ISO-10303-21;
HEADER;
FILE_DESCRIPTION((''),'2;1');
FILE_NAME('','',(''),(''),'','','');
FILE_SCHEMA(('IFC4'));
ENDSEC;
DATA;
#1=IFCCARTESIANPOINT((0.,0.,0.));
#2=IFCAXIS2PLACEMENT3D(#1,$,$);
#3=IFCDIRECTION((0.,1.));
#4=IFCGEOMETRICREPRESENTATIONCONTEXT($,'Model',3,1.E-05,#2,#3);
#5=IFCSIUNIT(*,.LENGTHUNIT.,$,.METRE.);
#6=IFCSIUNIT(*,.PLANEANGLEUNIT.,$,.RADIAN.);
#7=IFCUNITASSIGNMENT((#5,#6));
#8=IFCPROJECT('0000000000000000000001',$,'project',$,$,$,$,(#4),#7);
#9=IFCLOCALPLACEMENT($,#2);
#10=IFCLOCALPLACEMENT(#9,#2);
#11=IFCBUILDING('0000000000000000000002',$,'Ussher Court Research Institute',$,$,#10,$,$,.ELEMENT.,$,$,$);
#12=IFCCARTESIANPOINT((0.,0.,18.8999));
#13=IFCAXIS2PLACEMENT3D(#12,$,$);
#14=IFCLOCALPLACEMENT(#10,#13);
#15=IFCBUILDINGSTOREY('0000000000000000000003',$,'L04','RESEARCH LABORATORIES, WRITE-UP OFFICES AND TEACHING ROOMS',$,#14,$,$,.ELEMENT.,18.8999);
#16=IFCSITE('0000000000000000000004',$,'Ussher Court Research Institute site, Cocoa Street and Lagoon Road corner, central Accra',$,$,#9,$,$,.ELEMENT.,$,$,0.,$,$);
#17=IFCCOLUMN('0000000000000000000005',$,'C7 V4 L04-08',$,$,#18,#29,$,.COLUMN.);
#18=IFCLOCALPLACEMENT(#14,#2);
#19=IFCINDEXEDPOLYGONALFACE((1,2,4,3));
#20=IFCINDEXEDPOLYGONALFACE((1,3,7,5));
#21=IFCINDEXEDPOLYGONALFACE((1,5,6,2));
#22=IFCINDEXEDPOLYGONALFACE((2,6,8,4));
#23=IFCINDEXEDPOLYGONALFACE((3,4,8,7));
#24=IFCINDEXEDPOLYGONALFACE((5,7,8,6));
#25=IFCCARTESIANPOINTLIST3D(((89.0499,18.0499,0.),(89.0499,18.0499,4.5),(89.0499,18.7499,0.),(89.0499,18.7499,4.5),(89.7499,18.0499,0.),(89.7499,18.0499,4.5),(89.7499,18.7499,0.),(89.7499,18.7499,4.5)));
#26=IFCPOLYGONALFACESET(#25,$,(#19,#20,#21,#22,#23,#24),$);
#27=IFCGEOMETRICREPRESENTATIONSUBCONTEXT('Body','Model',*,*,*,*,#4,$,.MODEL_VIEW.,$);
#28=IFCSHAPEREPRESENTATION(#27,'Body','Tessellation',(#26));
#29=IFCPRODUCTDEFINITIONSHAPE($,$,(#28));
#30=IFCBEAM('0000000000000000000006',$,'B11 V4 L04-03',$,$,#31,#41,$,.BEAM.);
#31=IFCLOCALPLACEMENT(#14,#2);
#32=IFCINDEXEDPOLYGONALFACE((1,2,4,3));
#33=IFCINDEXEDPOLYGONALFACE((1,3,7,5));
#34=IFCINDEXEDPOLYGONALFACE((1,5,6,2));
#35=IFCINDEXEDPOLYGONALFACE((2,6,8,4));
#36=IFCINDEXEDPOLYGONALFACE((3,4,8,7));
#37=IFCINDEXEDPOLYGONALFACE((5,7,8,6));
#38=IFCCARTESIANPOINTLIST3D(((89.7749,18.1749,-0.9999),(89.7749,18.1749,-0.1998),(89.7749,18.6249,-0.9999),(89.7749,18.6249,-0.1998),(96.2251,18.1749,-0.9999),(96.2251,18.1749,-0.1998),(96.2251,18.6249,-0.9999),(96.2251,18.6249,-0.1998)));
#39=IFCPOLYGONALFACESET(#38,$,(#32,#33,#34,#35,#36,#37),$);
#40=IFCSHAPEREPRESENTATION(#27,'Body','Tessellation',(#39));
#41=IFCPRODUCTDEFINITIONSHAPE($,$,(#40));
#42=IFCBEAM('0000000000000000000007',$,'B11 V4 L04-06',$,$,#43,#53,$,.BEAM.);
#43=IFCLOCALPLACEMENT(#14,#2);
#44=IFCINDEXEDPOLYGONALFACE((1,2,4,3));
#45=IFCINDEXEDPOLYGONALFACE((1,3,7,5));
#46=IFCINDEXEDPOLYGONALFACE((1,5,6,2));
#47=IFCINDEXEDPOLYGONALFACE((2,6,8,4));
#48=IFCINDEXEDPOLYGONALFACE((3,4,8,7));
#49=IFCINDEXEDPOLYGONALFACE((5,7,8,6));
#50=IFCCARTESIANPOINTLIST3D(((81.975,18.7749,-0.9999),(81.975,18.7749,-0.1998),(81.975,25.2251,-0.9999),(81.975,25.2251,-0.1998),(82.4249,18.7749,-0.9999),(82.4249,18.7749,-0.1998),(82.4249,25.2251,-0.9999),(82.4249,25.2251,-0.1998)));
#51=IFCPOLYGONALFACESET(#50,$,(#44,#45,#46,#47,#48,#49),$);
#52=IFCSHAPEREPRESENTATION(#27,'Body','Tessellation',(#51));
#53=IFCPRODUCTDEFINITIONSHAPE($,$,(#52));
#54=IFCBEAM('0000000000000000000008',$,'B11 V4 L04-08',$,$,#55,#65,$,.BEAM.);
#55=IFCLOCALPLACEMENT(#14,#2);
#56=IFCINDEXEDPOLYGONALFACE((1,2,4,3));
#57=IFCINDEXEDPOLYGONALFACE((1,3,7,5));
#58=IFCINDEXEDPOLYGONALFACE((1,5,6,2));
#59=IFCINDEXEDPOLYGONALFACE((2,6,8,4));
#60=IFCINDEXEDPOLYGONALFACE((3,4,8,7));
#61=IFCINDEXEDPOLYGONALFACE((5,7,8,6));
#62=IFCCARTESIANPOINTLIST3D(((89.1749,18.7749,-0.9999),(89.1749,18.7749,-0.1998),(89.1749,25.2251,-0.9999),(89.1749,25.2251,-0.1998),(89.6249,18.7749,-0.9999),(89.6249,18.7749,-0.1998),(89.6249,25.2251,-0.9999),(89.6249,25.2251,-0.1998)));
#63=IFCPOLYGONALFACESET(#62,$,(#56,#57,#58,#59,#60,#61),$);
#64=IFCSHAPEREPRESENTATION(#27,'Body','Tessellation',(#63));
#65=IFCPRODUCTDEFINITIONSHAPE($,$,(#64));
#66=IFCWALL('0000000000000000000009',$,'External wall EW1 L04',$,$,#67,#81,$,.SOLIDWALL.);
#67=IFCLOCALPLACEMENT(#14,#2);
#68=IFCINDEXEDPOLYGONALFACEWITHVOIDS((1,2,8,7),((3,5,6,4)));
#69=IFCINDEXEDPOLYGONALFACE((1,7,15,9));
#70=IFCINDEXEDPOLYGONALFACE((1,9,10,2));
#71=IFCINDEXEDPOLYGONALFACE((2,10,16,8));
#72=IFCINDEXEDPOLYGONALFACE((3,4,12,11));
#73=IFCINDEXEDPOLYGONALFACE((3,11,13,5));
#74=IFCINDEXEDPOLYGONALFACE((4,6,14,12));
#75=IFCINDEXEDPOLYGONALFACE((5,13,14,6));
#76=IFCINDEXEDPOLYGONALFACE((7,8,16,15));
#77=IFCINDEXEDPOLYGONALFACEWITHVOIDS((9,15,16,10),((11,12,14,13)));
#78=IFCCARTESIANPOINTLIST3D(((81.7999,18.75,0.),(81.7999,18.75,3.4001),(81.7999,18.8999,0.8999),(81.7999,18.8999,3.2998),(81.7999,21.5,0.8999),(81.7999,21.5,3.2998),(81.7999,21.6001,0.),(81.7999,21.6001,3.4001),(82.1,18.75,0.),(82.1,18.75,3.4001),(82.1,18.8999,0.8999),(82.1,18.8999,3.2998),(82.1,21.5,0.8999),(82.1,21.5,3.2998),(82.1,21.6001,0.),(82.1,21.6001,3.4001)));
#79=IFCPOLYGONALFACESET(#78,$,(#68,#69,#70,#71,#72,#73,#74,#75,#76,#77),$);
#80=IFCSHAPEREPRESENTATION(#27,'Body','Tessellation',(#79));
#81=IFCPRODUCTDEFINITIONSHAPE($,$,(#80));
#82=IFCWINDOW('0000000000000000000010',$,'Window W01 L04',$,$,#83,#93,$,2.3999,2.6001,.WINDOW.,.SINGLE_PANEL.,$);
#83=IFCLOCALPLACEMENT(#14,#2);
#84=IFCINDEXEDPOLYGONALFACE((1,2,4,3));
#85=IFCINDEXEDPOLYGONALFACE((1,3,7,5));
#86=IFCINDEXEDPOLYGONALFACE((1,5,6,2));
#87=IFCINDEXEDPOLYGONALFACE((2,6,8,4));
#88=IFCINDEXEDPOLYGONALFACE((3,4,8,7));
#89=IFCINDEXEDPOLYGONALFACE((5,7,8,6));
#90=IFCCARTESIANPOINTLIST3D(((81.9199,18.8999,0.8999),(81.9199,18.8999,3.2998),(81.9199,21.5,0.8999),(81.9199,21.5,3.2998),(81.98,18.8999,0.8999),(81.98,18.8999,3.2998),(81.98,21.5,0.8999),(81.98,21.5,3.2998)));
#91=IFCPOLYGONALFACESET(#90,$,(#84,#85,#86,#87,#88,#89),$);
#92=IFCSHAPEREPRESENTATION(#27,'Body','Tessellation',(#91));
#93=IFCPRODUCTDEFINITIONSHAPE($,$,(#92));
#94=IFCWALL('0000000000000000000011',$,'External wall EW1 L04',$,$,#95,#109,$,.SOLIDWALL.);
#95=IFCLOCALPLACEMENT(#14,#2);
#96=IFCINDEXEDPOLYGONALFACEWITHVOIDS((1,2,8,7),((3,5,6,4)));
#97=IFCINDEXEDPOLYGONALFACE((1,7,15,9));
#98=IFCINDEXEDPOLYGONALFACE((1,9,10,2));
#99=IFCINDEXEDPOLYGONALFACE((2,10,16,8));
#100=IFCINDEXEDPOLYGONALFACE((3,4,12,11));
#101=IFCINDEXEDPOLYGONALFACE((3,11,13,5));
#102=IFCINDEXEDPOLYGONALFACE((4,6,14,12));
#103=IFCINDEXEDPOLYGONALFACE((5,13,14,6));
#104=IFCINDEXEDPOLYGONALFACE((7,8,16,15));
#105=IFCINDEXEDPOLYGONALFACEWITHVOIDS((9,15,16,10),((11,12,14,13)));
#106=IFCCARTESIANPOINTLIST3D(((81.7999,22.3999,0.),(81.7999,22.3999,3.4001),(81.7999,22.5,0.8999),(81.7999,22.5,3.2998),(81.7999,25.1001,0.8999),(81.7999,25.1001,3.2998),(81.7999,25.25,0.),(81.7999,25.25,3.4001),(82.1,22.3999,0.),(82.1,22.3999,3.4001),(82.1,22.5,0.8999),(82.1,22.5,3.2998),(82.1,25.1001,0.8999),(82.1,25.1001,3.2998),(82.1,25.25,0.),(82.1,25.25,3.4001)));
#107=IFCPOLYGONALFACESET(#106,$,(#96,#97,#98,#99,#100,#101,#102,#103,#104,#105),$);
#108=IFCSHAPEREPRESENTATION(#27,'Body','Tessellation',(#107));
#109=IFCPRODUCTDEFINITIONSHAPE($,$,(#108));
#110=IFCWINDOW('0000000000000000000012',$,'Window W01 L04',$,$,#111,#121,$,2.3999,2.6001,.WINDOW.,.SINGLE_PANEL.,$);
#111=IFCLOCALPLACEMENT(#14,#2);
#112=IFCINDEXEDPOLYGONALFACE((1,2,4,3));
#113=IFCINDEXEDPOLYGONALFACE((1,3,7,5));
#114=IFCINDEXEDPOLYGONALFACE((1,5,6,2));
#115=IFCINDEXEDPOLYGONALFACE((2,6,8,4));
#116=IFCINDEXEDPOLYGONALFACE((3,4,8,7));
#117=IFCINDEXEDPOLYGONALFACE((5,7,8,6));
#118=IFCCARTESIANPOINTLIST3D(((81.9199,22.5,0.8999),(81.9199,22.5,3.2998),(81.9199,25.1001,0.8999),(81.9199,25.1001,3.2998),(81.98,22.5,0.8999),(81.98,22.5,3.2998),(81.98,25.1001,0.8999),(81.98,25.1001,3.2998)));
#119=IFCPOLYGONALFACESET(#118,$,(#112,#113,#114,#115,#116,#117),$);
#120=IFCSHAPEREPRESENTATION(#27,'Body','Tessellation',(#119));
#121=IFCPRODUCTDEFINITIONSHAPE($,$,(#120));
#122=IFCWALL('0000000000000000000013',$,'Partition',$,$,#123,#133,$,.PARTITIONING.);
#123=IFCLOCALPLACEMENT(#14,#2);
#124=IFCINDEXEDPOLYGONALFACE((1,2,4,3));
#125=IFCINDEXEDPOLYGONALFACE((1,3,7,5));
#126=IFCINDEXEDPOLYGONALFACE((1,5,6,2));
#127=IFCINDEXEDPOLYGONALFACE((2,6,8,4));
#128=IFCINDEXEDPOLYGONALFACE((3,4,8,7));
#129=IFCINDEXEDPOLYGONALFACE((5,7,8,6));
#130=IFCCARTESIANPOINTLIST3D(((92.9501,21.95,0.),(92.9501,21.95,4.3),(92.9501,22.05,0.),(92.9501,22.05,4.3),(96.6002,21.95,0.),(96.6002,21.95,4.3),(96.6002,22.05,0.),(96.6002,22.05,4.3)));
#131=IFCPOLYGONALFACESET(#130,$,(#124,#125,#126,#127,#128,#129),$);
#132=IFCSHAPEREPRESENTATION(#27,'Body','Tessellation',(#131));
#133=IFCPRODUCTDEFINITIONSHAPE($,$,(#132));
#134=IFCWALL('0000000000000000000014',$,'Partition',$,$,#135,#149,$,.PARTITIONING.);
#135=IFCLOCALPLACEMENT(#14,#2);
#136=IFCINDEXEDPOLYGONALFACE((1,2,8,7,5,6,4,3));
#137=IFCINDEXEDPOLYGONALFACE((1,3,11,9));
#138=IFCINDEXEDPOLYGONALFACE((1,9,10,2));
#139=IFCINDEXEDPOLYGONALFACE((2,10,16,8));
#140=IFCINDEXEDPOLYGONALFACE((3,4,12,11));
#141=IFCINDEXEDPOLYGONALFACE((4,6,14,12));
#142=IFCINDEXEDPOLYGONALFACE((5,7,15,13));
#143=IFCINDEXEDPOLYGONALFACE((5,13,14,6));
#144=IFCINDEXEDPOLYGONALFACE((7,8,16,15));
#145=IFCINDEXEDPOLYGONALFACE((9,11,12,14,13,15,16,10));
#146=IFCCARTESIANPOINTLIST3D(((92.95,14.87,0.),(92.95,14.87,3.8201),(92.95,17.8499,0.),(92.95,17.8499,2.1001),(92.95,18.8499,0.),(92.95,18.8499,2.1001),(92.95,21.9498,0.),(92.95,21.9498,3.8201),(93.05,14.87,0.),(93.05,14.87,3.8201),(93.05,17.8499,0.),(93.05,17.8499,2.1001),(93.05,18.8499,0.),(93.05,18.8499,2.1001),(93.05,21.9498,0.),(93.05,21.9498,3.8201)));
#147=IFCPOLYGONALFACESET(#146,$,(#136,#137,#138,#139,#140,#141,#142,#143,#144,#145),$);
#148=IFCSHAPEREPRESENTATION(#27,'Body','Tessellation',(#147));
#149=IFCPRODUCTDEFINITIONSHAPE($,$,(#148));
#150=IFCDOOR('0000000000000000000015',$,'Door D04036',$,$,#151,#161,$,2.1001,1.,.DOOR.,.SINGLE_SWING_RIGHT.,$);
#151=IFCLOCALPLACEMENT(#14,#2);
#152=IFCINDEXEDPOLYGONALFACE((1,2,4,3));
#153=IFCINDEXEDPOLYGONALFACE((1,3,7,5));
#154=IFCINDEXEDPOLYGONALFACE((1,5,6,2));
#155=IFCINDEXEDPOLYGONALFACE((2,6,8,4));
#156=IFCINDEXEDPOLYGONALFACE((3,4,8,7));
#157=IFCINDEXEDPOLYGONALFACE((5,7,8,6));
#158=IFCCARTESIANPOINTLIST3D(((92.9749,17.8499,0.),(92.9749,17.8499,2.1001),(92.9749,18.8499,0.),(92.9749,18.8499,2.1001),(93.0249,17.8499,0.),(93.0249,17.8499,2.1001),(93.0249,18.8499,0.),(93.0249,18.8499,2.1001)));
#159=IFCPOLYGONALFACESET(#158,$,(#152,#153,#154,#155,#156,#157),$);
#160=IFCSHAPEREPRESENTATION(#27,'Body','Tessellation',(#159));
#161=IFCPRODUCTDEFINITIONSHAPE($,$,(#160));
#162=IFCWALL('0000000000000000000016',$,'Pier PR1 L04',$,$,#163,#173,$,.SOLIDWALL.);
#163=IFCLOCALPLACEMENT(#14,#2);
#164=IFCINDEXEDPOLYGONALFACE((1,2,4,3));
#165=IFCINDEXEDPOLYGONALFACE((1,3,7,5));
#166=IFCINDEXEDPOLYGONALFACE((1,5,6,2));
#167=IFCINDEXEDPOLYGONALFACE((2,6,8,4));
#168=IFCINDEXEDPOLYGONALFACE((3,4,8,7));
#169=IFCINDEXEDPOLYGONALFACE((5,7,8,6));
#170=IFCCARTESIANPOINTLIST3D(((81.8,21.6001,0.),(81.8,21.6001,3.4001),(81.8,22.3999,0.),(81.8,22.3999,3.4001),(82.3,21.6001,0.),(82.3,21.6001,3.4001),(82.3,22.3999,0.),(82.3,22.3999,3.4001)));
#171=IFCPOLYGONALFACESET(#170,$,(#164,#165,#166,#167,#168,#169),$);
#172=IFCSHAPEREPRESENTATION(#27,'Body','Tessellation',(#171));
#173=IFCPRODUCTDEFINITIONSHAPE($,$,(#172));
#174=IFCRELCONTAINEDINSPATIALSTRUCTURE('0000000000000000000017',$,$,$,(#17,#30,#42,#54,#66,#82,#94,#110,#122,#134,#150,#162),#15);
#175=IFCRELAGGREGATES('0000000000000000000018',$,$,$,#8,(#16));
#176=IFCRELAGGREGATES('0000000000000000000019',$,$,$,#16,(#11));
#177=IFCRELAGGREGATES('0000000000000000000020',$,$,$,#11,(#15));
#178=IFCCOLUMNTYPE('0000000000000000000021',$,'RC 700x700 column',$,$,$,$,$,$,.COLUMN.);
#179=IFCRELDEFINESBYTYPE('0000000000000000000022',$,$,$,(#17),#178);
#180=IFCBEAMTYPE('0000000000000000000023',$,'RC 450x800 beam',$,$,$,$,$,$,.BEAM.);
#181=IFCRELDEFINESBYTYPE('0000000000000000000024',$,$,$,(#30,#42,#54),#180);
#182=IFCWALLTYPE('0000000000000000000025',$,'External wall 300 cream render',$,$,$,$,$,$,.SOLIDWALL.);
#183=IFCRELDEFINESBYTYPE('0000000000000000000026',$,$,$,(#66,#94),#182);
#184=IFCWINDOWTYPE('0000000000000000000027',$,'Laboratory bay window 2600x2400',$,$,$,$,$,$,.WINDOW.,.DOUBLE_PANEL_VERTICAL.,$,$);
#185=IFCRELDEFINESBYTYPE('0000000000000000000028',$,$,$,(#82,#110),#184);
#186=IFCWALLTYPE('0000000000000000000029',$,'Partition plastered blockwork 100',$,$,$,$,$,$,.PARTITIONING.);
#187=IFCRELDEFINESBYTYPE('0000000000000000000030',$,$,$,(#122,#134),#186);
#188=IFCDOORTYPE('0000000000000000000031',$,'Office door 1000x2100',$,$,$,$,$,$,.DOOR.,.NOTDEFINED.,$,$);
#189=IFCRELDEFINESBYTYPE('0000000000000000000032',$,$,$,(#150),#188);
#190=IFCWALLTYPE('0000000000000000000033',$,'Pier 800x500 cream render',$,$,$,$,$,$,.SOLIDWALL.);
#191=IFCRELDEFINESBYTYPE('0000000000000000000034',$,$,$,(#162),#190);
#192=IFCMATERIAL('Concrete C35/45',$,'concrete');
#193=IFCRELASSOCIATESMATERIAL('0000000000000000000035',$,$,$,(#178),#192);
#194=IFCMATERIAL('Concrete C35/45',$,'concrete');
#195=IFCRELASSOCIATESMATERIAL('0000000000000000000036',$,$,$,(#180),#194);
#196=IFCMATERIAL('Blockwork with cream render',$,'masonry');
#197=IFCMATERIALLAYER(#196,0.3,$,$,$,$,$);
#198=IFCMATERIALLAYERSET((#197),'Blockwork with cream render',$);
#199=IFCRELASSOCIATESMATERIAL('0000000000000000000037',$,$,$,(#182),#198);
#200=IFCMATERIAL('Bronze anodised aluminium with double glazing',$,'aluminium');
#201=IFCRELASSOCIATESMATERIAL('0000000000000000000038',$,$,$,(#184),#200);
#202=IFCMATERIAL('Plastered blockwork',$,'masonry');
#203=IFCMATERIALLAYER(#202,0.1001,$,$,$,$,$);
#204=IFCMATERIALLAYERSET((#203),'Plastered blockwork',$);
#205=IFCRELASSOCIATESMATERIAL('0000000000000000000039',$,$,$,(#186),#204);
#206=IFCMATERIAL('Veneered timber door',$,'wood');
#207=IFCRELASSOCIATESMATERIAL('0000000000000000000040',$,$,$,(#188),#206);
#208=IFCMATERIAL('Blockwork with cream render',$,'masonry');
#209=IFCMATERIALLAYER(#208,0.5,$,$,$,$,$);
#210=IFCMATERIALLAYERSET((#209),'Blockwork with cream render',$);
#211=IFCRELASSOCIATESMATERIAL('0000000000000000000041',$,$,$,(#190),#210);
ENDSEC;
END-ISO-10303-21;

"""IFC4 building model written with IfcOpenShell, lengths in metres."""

from ifc_helpers import new_model, si_unit, direction, frame, frame_2d, origin, origin_2d, place, context, subcontext, project, spatial, rectangle, extrude, material, layer, layer_set, material_profile, profile_set, type_object, element, fill, save


model = new_model("IFC4")

# Units and contexts
model_context = context("Model", 3, precision=1e-05, world=origin(), true_north=direction((0.0, 1.0)))
body_context = subcontext(model_context, "Body", "Model", "MODEL_VIEW")
ifc_project = project(units=[si_unit("LENGTHUNIT", "METRE"), si_unit("PLANEANGLEUNIT", "RADIAN")], contexts=[model_context])

# Site, building, storey
site_placement = place(None, origin())
site = spatial("IfcSite", under=ifc_project, at=site_placement, Name="Ussher Court Research Institute site, Cocoa Street and Lagoon Road corner, central Accra", CompositionType="ELEMENT", RefElevation=0.0)
building_placement = place(site_placement, origin())
building = spatial("IfcBuilding", under=site, at=building_placement, Name="Ussher Court Research Institute", CompositionType="ELEMENT")
storey_placement = place(building_placement, frame((0.0, 0.0, 18.8999)))
storey = spatial("IfcBuildingStorey", under=building, at=storey_placement, Name="L04", Description="RESEARCH LABORATORIES, WRITE-UP OFFICES AND TEACHING ROOMS", CompositionType="ELEMENT", Elevation=18.8999)

# Column
ifc_material_1 = material(Name="Concrete C35/45", Category="concrete")
ifc_material_profile_1 = material_profile(ifc_material_1, rectangle(XDim=0.7, YDim=0.7, at=origin_2d()), Name="RC 700x700")
ifc_profile_set_1 = profile_set([ifc_material_profile_1], Name="Concrete C35/45")
column_type = type_object("IfcColumnType", Name="RC 700x700 column", PredefinedType="COLUMN", material=ifc_profile_set_1)
column_placement = place(storey_placement, frame((89.3999, 18.3999, 0.0), z_axis=(0.0, 0.0, 1.0), x_axis=(1.0, 0.0, 0.0)))
element("IfcColumn", 1, at=column_placement, inside=storey, type_object=column_type, Name="C7 V4 L04-08", PredefinedType="COLUMN", context=body_context, shape_type="SweptSolid", body=[
    extrude(rectangle(XDim=0.7, YDim=0.7, at=origin_2d()), origin(), (0.0, 0.0, 1.0), 4.5),
])

# Beams
ifc_material_2 = material(Name="Concrete C35/45", Category="concrete")
ifc_material_profile_2 = material_profile(ifc_material_2, rectangle(XDim=0.45, YDim=0.8, at=origin_2d()), Name="RC 450x800")
ifc_profile_set_2 = profile_set([ifc_material_profile_2], Name="Concrete C35/45")
beam_type = type_object("IfcBeamType", Name="RC 450x800 beam", PredefinedType="BEAM", material=ifc_profile_set_2)
for number, where, z_axis, x_axis, name in (
    (2, (89.7749, 18.3999, -0.5999), (1.0, 0.0, 0.0), (0.0, 1.0, 0.0), "B11 V4 L04-03"),
    (3, (82.2, 18.7749, -0.5999), (0.0, 1.0, 0.0), (-1.0, 0.0, 0.0), "B11 V4 L04-06"),
    (4, (89.3999, 18.7749, -0.5999), (0.0, 1.0, 0.0), (-1.0, 0.0, 0.0), "B11 V4 L04-08"),
):
    element("IfcBeam", number, at=place(storey_placement, frame(where, z_axis=z_axis, x_axis=x_axis)), inside=storey, type_object=beam_type, Name=name, PredefinedType="BEAM", context=body_context, shape_type="SweptSolid", body=[
        extrude(rectangle(XDim=0.45, YDim=0.8, at=origin_2d()), origin(), (0.0, 0.0, 1.0), 6.4502),
    ])

# Walls, openings, windows
ifc_material_3 = material(Name="Blockwork with cream render", Category="masonry")
ifc_layer_1 = layer(ifc_material_3, 0.3)
ifc_layer_set_1 = layer_set([ifc_layer_1], Name="Blockwork with cream render")
wall_type_1 = type_object("IfcWallType", Name="External wall 300 cream render", PredefinedType="SOLIDWALL", material=ifc_layer_set_1)
wall_1_placement = place(storey_placement, frame((81.95, 18.75, 0.0), z_axis=(0.0, 0.0, 1.0), x_axis=(0.0, 1.0, 0.0)))
wall_1 = element("IfcWall", 5, at=wall_1_placement, inside=storey, type_object=wall_type_1, Name="External wall EW1 L04", PredefinedType="SOLIDWALL", context=body_context, shape_type="SweptSolid", body=[
    extrude(rectangle(XDim=2.8501, YDim=0.3, at=frame_2d((1.425, 0.0))), origin(), (0.0, 0.0, 1.0), 3.4001),
])
opening_1_placement = place(wall_1_placement, frame((0.1499, 0.0, 0.8999)))
opening_1 = element("IfcOpeningElement", 6, at=opening_1_placement, cuts=wall_1, PredefinedType="OPENING", context=body_context, shape_type="SweptSolid", body=[
    extrude(rectangle(XDim=2.6001, YDim=2.3999, at=frame_2d((1.3, 1.2))), frame((0.0, 0.1602, 0.0), z_axis=(0.0, -1.0, 0.0), x_axis=(1.0, 0.0, 0.0)), (0.0, 0.0, 1.0), 0.3201),
])
ifc_material_4 = material(Name="Bronze anodised aluminium with double glazing", Category="aluminium")
window_type = type_object("IfcWindowType", Name="Laboratory bay window 2600x2400", PartitioningType="DOUBLE_PANEL_VERTICAL", PredefinedType="WINDOW", material=ifc_material_4)
window_1_placement = place(opening_1_placement, origin())
window_1 = element("IfcWindow", 7, at=window_1_placement, inside=storey, type_object=window_type, Name="Window W01 L04", OverallHeight=2.3999, OverallWidth=2.6001, PartitioningType="SINGLE_PANEL", PredefinedType="WINDOW", context=body_context, shape_type="SweptSolid", body=[
    extrude(rectangle(XDim=2.6001, YDim=2.3999, at=frame_2d((1.3, 1.2))), frame((0.0, 0.03, 0.0), z_axis=(0.0, -1.0, 0.0), x_axis=(1.0, 0.0, 0.0)), (0.0, 0.0, 1.0), 0.0601),
])
fill(opening_1, window_1)
wall_2_placement = place(storey_placement, frame((81.95, 22.3999, 0.0), z_axis=(0.0, 0.0, 1.0), x_axis=(0.0, 1.0, 0.0)))
wall_2 = element("IfcWall", 8, at=wall_2_placement, inside=storey, type_object=wall_type_1, Name="External wall EW1 L04", PredefinedType="SOLIDWALL", context=body_context, shape_type="SweptSolid", body=[
    extrude(rectangle(XDim=2.8501, YDim=0.3, at=frame_2d((1.425, 0.0))), origin(), (0.0, 0.0, 1.0), 3.4001),
])
opening_2_placement = place(wall_2_placement, frame((0.1001, 0.0, 0.8999)))
opening_2 = element("IfcOpeningElement", 9, at=opening_2_placement, cuts=wall_2, PredefinedType="OPENING", context=body_context, shape_type="SweptSolid", body=[
    extrude(rectangle(XDim=2.6001, YDim=2.3999, at=frame_2d((1.3, 1.2))), frame((0.0, 0.1602, 0.0), z_axis=(0.0, -1.0, 0.0), x_axis=(1.0, 0.0, 0.0)), (0.0, 0.0, 1.0), 0.3201),
])
window_2_placement = place(opening_2_placement, origin())
window_2 = element("IfcWindow", 10, at=window_2_placement, inside=storey, type_object=window_type, Name="Window W01 L04", OverallHeight=2.3999, OverallWidth=2.6001, PartitioningType="SINGLE_PANEL", PredefinedType="WINDOW", context=body_context, shape_type="SweptSolid", body=[
    extrude(rectangle(XDim=2.6001, YDim=2.3999, at=frame_2d((1.3, 1.2))), frame((0.0, 0.03, 0.0), z_axis=(0.0, -1.0, 0.0), x_axis=(1.0, 0.0, 0.0)), (0.0, 0.0, 1.0), 0.0601),
])
fill(opening_2, window_2)

# Wall
ifc_material_5 = material(Name="Plastered blockwork", Category="masonry")
ifc_layer_2 = layer(ifc_material_5, 0.1001)
ifc_layer_set_2 = layer_set([ifc_layer_2], Name="Plastered blockwork")
wall_type_2 = type_object("IfcWallType", Name="Partition plastered blockwork 100", PredefinedType="PARTITIONING", material=ifc_layer_set_2)
wall_3_placement = place(storey_placement, frame((92.95, 22.0, 0.0), z_axis=(0.0, 0.0, 1.0), x_axis=(1.0, 0.0, 0.0)))
element("IfcWall", 11, at=wall_3_placement, inside=storey, type_object=wall_type_2, Name="Partition", PredefinedType="PARTITIONING", context=body_context, shape_type="SweptSolid", body=[
    extrude(rectangle(XDim=3.6501, YDim=0.1001, at=frame_2d((1.8252, 0.0))), origin(), (0.0, 0.0, 1.0), 4.3),
])

# Wall, opening, door
wall_4_placement = place(storey_placement, frame((93.0, 21.95, 0.0), z_axis=(0.0, 0.0, 1.0), x_axis=(0.0, -1.0, 0.0)))
wall_4 = element("IfcWall", 12, at=wall_4_placement, inside=storey, type_object=wall_type_2, Name="Partition", PredefinedType="PARTITIONING", context=body_context, shape_type="SweptSolid", body=[
    extrude(rectangle(XDim=7.0798, YDim=0.1001, at=frame_2d((3.54, 0.0))), origin(), (0.0, 0.0, 1.0), 3.8201),
])
opening_3_placement = place(wall_4_placement, frame((3.1001, 0.0, 0.0)))
opening_3 = element("IfcOpeningElement", 13, at=opening_3_placement, cuts=wall_4, PredefinedType="OPENING", context=body_context, shape_type="SweptSolid", body=[
    extrude(rectangle(XDim=1.0, YDim=2.1001, at=frame_2d((0.5, 1.05))), frame((0.0, 0.0601, 0.0), z_axis=(0.0, -1.0, 0.0), x_axis=(1.0, 0.0, 0.0)), (0.0, 0.0, 1.0), 0.1201),
])
ifc_material_6 = material(Name="Veneered timber door", Category="wood")
door_type_1 = type_object("IfcDoorType", Name="Office door 1000x2100", OperationType="NOTDEFINED", PredefinedType="DOOR", material=ifc_material_6)
door_1_placement = place(opening_3_placement, origin())
door_1 = element("IfcDoor", 14, at=door_1_placement, inside=storey, type_object=door_type_1, Name="Door D04036", OperationType="SINGLE_SWING_RIGHT", OverallHeight=2.1001, OverallWidth=1.0, PredefinedType="DOOR", context=body_context, shape_type="SweptSolid", body=[
    extrude(rectangle(XDim=1.0, YDim=2.1001, at=frame_2d((0.5, 1.05))), frame((0.0, 0.0249, 0.0), z_axis=(0.0, -1.0, 0.0), x_axis=(1.0, 0.0, 0.0)), (0.0, 0.0, 1.0), 0.05),
])
fill(opening_3, door_1)

# Wall
ifc_material_7 = material(Name="Blockwork with cream render", Category="masonry")
ifc_layer_3 = layer(ifc_material_7, 0.5)
ifc_layer_set_3 = layer_set([ifc_layer_3], Name="Blockwork with cream render")
wall_type_3 = type_object("IfcWallType", Name="Pier 800x500 cream render", PredefinedType="SOLIDWALL", material=ifc_layer_set_3)
wall_5_placement = place(storey_placement, frame((82.05, 21.6001, 0.0), z_axis=(0.0, 0.0, 1.0), x_axis=(0.0, 1.0, 0.0)))
element("IfcWall", 15, at=wall_5_placement, inside=storey, type_object=wall_type_3, Name="Pier PR1 L04", PredefinedType="SOLIDWALL", context=body_context, shape_type="SweptSolid", body=[
    extrude(rectangle(XDim=0.7998, YDim=0.5, at=frame_2d((0.3999, 0.0))), origin(), (0.0, 0.0, 1.0), 3.4001),
])

save(model, "model.ifc")
